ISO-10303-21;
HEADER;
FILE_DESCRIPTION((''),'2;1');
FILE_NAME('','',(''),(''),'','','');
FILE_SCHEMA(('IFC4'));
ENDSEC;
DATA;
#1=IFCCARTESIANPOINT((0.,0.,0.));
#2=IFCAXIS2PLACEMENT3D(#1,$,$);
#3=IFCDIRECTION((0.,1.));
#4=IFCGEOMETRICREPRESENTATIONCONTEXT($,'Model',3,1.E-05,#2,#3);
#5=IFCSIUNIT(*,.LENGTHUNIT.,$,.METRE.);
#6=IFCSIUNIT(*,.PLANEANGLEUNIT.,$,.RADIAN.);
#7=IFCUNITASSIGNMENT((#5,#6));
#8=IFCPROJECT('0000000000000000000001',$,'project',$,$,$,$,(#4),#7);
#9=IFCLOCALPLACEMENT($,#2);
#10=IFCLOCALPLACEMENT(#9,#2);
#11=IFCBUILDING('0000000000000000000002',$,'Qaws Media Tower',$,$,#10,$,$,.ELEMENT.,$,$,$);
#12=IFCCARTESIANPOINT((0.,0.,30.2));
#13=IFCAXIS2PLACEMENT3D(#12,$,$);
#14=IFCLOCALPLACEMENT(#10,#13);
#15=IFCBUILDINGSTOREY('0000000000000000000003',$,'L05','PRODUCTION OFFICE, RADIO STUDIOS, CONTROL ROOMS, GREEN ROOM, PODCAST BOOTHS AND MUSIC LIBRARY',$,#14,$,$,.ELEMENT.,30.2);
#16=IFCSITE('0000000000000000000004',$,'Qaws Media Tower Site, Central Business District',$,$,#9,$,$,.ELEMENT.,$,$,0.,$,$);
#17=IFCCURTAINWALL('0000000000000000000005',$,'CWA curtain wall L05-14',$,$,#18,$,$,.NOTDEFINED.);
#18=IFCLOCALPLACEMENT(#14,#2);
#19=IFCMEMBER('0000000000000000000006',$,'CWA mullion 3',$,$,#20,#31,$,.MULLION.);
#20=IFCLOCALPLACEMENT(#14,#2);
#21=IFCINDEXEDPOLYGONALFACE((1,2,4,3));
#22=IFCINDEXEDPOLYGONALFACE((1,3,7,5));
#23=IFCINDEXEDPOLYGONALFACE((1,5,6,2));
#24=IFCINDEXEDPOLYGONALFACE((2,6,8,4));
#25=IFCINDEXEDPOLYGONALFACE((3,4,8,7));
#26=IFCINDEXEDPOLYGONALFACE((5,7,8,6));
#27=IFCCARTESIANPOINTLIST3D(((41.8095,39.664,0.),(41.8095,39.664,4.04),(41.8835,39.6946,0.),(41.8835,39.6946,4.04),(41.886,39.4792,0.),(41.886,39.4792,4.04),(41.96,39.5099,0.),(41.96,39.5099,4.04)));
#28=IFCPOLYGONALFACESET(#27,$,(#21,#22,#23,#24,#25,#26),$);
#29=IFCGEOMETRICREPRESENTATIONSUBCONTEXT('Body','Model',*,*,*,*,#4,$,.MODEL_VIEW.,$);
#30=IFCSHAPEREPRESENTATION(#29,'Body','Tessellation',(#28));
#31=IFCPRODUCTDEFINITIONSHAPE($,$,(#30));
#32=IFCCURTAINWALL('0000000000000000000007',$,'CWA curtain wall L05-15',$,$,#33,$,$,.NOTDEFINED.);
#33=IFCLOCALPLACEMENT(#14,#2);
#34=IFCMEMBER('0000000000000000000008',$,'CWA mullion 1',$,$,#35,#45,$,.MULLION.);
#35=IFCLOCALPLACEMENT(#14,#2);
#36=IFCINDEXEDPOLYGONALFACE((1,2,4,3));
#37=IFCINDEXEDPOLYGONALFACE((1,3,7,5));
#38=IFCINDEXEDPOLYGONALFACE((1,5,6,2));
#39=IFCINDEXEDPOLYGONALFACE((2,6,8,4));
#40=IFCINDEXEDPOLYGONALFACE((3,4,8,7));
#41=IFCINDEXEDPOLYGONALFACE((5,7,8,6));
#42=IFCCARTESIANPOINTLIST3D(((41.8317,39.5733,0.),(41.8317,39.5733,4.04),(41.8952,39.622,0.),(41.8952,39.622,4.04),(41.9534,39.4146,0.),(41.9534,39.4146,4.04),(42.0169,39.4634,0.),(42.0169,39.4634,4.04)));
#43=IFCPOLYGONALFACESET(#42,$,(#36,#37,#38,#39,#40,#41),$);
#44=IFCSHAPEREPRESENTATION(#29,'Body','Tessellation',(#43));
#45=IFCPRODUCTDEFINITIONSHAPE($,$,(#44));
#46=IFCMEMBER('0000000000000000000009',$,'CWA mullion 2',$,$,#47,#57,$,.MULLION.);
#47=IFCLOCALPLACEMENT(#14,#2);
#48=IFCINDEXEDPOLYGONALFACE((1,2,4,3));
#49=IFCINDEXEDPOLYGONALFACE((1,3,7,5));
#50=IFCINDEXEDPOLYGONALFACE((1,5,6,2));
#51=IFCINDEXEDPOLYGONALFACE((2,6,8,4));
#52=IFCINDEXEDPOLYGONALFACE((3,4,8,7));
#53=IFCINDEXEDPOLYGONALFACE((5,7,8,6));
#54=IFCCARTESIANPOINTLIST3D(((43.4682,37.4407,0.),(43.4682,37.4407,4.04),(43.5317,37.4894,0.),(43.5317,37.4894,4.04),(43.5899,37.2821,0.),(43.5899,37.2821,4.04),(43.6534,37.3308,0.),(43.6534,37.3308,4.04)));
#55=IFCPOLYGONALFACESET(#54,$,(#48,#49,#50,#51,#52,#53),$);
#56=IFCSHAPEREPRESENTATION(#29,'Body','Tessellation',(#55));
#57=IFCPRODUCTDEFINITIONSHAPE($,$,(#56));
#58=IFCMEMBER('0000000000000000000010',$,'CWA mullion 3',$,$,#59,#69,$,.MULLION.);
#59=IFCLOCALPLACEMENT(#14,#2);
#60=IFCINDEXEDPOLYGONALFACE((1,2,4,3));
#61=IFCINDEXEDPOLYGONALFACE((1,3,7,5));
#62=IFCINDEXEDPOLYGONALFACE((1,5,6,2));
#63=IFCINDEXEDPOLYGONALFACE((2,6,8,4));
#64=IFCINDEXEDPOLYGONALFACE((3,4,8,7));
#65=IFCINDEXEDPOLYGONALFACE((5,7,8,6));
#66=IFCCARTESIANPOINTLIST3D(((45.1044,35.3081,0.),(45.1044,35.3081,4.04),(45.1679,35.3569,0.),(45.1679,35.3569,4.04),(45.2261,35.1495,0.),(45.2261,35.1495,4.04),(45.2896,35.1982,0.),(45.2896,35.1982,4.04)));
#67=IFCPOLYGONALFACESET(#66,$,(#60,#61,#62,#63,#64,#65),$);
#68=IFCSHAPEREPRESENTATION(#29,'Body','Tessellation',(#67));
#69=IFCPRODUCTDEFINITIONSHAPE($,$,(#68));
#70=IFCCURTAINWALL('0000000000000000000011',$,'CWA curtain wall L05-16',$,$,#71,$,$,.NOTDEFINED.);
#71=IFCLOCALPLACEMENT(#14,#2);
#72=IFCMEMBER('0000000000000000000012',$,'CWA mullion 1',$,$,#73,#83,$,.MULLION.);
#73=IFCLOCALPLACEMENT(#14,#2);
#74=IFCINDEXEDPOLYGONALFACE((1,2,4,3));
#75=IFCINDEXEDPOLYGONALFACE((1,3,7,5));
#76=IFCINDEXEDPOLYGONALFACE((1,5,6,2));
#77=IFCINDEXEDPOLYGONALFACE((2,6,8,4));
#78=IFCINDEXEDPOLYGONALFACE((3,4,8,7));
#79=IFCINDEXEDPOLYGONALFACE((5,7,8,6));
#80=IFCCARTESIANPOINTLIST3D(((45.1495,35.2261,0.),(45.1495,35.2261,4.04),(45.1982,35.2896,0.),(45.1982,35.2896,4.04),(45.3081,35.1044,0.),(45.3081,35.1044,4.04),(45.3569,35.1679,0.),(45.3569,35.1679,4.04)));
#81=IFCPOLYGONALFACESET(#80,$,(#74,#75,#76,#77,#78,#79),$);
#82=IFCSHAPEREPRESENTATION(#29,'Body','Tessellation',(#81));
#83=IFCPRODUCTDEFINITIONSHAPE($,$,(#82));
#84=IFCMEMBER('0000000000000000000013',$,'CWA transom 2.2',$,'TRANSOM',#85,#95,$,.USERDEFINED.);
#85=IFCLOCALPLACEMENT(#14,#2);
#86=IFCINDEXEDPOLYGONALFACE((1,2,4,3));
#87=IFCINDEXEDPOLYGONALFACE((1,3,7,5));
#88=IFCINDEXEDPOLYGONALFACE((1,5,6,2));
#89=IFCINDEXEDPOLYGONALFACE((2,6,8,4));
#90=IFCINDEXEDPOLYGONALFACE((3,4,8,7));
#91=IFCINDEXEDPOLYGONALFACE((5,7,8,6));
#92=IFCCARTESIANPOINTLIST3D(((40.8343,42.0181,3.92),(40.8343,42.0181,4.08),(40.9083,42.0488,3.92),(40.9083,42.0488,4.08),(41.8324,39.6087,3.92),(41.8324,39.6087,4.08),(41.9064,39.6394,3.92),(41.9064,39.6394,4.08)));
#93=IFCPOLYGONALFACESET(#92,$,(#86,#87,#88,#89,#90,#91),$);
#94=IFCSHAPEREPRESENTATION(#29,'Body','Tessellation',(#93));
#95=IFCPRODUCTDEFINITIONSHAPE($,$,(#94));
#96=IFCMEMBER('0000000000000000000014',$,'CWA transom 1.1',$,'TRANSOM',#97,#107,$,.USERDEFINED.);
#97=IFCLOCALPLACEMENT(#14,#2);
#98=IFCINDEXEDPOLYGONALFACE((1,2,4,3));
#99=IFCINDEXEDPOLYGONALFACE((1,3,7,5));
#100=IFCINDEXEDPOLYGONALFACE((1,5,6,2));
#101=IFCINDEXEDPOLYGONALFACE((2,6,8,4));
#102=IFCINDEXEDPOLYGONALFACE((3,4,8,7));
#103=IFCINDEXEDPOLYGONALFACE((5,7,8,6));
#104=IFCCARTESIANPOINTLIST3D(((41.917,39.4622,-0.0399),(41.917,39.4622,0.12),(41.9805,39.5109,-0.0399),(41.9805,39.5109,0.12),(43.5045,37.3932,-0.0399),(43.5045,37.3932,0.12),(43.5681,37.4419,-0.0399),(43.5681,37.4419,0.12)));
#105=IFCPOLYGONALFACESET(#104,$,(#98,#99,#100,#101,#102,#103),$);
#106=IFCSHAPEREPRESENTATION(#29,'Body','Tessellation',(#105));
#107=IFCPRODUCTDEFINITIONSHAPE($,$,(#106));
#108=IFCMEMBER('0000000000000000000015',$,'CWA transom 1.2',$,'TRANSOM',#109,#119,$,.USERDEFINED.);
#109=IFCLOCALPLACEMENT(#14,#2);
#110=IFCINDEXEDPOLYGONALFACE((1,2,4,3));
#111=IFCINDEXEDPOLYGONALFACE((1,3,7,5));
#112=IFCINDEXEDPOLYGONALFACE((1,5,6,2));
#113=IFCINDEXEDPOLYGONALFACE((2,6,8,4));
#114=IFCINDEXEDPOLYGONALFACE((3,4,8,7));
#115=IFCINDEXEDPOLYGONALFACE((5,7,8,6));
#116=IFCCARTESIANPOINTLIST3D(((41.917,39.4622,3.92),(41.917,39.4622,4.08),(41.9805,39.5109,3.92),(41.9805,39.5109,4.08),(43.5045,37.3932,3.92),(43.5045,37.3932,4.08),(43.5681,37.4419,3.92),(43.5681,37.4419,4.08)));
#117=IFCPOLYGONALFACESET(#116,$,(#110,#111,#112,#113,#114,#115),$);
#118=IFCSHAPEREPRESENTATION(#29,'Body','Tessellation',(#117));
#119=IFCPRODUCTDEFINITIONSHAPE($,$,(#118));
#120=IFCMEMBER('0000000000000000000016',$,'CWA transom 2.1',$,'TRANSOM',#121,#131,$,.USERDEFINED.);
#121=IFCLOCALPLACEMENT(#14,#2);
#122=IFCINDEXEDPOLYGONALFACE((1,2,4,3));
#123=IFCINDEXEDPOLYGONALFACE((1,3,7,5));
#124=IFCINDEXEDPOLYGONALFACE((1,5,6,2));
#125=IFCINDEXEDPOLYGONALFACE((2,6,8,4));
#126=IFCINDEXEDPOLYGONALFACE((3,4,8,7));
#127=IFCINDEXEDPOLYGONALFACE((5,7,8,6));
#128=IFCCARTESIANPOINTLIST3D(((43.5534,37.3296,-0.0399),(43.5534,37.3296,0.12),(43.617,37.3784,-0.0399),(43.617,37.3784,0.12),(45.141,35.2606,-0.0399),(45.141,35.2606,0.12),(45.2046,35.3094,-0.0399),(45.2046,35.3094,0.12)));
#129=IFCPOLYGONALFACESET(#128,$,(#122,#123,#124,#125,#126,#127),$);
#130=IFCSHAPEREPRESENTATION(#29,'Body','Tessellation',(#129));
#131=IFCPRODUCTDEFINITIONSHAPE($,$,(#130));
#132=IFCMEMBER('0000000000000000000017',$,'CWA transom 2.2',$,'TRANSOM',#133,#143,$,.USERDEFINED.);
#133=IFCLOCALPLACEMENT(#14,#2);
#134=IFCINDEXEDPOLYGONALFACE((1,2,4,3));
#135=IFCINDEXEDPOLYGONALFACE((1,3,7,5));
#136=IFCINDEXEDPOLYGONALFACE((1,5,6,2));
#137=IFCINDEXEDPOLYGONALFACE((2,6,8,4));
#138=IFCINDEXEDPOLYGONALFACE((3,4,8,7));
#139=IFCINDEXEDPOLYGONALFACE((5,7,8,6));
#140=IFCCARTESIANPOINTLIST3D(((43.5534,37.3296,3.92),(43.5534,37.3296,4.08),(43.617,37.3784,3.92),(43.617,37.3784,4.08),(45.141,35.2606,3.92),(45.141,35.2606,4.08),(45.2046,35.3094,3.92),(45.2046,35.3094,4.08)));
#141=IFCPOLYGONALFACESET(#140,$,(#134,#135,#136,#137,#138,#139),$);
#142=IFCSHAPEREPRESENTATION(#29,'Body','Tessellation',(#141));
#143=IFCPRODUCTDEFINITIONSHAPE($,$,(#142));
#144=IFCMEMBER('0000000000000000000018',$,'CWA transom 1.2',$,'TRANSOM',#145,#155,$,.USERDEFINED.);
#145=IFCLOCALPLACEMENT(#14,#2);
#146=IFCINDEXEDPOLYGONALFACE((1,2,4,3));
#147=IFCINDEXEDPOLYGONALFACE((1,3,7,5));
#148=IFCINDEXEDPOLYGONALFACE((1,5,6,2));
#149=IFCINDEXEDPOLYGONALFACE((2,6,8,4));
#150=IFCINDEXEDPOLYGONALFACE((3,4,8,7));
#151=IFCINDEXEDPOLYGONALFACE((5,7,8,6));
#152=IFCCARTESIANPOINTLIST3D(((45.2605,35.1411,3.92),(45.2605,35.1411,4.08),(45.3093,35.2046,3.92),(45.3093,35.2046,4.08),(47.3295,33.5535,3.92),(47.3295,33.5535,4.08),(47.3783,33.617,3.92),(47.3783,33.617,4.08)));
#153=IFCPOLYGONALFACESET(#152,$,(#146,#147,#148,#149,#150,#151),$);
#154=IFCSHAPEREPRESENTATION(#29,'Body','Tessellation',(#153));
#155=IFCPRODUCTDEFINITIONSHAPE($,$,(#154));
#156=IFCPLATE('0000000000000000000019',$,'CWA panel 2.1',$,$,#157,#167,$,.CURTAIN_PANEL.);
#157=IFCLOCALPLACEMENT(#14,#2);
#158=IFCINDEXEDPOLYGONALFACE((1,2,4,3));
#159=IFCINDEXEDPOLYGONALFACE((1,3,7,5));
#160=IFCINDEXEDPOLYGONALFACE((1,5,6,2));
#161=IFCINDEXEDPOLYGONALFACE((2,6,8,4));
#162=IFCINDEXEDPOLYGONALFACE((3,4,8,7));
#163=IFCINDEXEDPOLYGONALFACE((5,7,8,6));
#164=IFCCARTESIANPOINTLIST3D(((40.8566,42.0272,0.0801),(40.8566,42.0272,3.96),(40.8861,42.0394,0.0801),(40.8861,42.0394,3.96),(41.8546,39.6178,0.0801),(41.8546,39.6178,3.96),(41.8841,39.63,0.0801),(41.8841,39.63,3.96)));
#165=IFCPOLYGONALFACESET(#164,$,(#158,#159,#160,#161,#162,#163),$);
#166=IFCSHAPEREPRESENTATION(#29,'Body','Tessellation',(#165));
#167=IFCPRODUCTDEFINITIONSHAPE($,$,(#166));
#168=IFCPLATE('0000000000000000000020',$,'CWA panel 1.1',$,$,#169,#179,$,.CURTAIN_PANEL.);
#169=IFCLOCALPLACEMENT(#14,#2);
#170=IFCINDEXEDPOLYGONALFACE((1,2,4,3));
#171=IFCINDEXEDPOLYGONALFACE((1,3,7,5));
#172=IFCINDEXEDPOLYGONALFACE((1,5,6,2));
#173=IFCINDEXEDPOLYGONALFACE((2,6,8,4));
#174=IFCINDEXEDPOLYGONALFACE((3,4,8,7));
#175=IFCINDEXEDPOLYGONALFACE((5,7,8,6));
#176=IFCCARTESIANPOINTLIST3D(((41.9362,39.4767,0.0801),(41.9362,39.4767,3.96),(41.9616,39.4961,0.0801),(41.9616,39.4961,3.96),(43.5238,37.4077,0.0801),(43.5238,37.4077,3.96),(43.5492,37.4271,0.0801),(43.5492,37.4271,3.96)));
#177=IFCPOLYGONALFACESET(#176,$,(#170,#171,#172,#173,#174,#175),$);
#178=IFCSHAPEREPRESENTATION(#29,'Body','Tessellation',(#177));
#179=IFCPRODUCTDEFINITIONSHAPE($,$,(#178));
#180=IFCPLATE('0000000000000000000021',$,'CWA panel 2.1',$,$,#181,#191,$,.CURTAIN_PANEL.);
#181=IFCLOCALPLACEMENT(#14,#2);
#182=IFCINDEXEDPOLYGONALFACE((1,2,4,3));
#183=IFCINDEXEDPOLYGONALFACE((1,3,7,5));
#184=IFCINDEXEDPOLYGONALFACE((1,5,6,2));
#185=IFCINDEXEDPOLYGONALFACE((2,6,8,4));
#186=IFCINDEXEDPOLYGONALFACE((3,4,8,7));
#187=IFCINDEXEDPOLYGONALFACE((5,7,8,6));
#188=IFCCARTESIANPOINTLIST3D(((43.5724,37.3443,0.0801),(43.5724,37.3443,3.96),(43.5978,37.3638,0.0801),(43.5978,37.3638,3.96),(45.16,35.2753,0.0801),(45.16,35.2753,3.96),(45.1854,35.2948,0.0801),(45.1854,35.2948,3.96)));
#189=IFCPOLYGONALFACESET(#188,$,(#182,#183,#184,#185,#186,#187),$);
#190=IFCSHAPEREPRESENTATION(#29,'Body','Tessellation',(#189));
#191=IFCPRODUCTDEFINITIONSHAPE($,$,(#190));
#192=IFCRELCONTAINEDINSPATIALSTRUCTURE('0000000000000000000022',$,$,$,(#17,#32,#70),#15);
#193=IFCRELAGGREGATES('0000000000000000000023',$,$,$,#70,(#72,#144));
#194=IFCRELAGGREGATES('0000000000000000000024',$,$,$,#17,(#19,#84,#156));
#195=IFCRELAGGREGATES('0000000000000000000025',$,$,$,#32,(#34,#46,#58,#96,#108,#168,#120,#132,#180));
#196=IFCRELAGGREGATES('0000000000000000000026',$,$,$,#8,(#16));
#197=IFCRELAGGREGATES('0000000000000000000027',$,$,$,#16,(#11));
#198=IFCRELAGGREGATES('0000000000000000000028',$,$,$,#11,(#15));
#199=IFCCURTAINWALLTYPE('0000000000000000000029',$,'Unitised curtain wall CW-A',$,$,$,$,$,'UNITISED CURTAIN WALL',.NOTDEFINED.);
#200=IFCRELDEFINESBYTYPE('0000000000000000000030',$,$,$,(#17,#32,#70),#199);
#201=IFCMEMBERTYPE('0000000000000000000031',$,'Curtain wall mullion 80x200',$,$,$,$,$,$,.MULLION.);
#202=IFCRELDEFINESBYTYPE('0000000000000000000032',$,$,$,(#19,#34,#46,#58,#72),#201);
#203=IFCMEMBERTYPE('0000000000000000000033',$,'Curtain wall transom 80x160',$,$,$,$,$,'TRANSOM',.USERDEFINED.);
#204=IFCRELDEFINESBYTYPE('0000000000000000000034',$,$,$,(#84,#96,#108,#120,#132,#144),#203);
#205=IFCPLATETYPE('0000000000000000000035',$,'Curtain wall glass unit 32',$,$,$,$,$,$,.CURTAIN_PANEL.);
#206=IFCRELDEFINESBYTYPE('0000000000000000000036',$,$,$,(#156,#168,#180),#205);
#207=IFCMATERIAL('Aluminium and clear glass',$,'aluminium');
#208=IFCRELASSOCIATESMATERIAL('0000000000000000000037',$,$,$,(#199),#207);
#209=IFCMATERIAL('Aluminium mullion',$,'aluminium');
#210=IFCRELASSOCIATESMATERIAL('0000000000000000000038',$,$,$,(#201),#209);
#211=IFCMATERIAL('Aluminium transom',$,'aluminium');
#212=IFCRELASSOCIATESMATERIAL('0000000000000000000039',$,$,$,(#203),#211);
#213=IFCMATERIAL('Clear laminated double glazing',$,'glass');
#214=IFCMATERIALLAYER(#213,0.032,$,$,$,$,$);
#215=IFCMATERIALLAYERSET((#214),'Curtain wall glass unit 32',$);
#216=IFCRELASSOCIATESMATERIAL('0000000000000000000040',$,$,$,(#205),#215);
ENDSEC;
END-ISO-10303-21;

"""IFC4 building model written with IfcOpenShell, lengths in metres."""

from ifc_helpers import new_model, si_unit, direction, frame, origin, origin_2d, place, context, subcontext, project, spatial, rectangle, extrude, material, layer, layer_set, material_profile, profile_set, type_object, element, aggregate, save


model = new_model("IFC4")

# Units and contexts
model_context = context("Model", 3, precision=1e-05, world=origin(), true_north=direction((0.0, 1.0)))
body_context = subcontext(model_context, "Body", "Model", "MODEL_VIEW")
ifc_project = project(units=[si_unit("LENGTHUNIT", "METRE"), si_unit("PLANEANGLEUNIT", "RADIAN")], contexts=[model_context])

# Site, building, storey
site_placement = place(None, origin())
site = spatial("IfcSite", under=ifc_project, at=site_placement, Name="Qaws Media Tower Site, Central Business District", CompositionType="ELEMENT", RefElevation=0.0)
building_placement = place(site_placement, origin())
building = spatial("IfcBuilding", under=site, at=building_placement, Name="Qaws Media Tower", CompositionType="ELEMENT")
storey_placement = place(building_placement, frame((0.0, 0.0, 30.2)))
storey = spatial("IfcBuildingStorey", under=building, at=storey_placement, Name="L05", Description="PRODUCTION OFFICE, RADIO STUDIOS, CONTROL ROOMS, GREEN ROOM, PODCAST BOOTHS AND MUSIC LIBRARY", CompositionType="ELEMENT", Elevation=30.2)

# Curtain wall, member
ifc_material_1 = material(Name="Aluminium and clear glass", Category="aluminium")
curtain_wall_type = type_object("IfcCurtainWallType", Name="Unitised curtain wall CW-A", ElementType="UNITISED CURTAIN WALL", PredefinedType="NOTDEFINED", material=ifc_material_1)
curtain_wall_1_placement = place(storey_placement, origin())
curtain_wall_1 = element("IfcCurtainWall", 1, at=curtain_wall_1_placement, inside=storey, type_object=curtain_wall_type, Name="CWA curtain wall L05-14", PredefinedType="NOTDEFINED")
ifc_material_2 = material(Name="Aluminium mullion", Category="aluminium")
ifc_material_profile_1 = material_profile(ifc_material_2, rectangle(XDim=0.0801, YDim=0.2, at=origin_2d()), Name="80x200")
ifc_profile_set_1 = profile_set([ifc_material_profile_1], Name="Aluminium mullion")
member_type_1 = type_object("IfcMemberType", Name="Curtain wall mullion 80x200", PredefinedType="MULLION", material=ifc_profile_set_1)
member_1_placement = place(storey_placement, frame((41.8848, 39.5869, 0.0), z_axis=(0.0, 0.0, 1.0), x_axis=(0.92388, 0.382683, 0.0)))
member_1 = element("IfcMember", 2, at=member_1_placement, type_object=member_type_1, Name="CWA mullion 3", PredefinedType="MULLION", context=body_context, shape_type="SweptSolid", body=[
    extrude(rectangle(XDim=0.0801, YDim=0.2, at=origin_2d()), origin(), (0.0, 0.0, 1.0), 4.04),
])

# Curtain wall, members
curtain_wall_2_placement = place(storey_placement, origin())
curtain_wall_2 = element("IfcCurtainWall", 3, at=curtain_wall_2_placement, inside=storey, type_object=curtain_wall_type, Name="CWA curtain wall L05-15", PredefinedType="NOTDEFINED")
member_2_placement = place(storey_placement, frame((41.9243, 39.5183, 0.0), z_axis=(0.0, 0.0, 1.0), x_axis=(0.793353, 0.608761, 0.0)))
member_2 = element("IfcMember", 4, at=member_2_placement, type_object=member_type_1, Name="CWA mullion 1", PredefinedType="MULLION", context=body_context, shape_type="SweptSolid", body=[
    extrude(rectangle(XDim=0.0801, YDim=0.2, at=origin_2d()), origin(), (0.0, 0.0, 1.0), 4.04),
])
member_3_placement = place(storey_placement, frame((43.5608, 37.3857, 0.0), z_axis=(0.0, 0.0, 1.0), x_axis=(0.793353, 0.608761, 0.0)))
member_3 = element("IfcMember", 5, at=member_3_placement, type_object=member_type_1, Name="CWA mullion 2", PredefinedType="MULLION", context=body_context, shape_type="SweptSolid", body=[
    extrude(rectangle(XDim=0.0801, YDim=0.2, at=origin_2d()), origin(), (0.0, 0.0, 1.0), 4.04),
])
member_4_placement = place(storey_placement, frame((45.197, 35.2532, 0.0), z_axis=(0.0, 0.0, 1.0), x_axis=(0.793353, 0.608761, 0.0)))
member_4 = element("IfcMember", 6, at=member_4_placement, type_object=member_type_1, Name="CWA mullion 3", PredefinedType="MULLION", context=body_context, shape_type="SweptSolid", body=[
    extrude(rectangle(XDim=0.0801, YDim=0.2, at=origin_2d()), origin(), (0.0, 0.0, 1.0), 4.04),
])

# Curtain wall, member
curtain_wall_3_placement = place(storey_placement, origin())
curtain_wall_3 = element("IfcCurtainWall", 7, at=curtain_wall_3_placement, inside=storey, type_object=curtain_wall_type, Name="CWA curtain wall L05-16", PredefinedType="NOTDEFINED")
member_5_placement = place(storey_placement, frame((45.2532, 35.197, 0.0), z_axis=(0.0, 0.0, 1.0), x_axis=(0.608761, 0.793353, 0.0)))
member_5 = element("IfcMember", 8, at=member_5_placement, type_object=member_type_1, Name="CWA mullion 1", PredefinedType="MULLION", context=body_context, shape_type="SweptSolid", body=[
    extrude(rectangle(XDim=0.0801, YDim=0.2, at=origin_2d()), origin(), (0.0, 0.0, 1.0), 4.04),
])

# Members
ifc_material_3 = material(Name="Aluminium transom", Category="aluminium")
ifc_material_profile_2 = material_profile(ifc_material_3, rectangle(XDim=0.0801, YDim=0.1599, at=origin_2d()), Name="80x160")
ifc_profile_set_2 = profile_set([ifc_material_profile_2], Name="Aluminium transom")
member_type_2 = type_object("IfcMemberType", Name="Curtain wall transom 80x160", ElementType="TRANSOM", PredefinedType="USERDEFINED", material=ifc_profile_set_2)
member_6_placement = place(storey_placement, frame((40.8713, 42.0334, 4.0), z_axis=(0.382694, -0.923875, 0.0), x_axis=(0.923875, 0.382694, 0.0)))
member_6 = element("IfcMember", 9, at=member_6_placement, type_object=member_type_2, Name="CWA transom 2.2", ObjectType="TRANSOM", PredefinedType="USERDEFINED", context=body_context, shape_type="SweptSolid", body=[
    extrude(rectangle(XDim=0.0801, YDim=0.1599, at=origin_2d()), origin(), (0.0, 0.0, 1.0), 2.6079),
])
member_7_placement = place(storey_placement, frame((41.9487, 39.4866, 0.04), z_axis=(0.608756, -0.793358, 0.0), x_axis=(0.793358, 0.608756, 0.0)))
member_7 = element("IfcMember", 10, at=member_7_placement, type_object=member_type_2, Name="CWA transom 1.1", ObjectType="TRANSOM", PredefinedType="USERDEFINED", context=body_context, shape_type="SweptSolid", body=[
    extrude(rectangle(XDim=0.0801, YDim=0.1599, at=origin_2d()), origin(), (0.0, 0.0, 1.0), 2.6079),
])
member_8_placement = place(storey_placement, frame((41.9487, 39.4866, 4.0), z_axis=(0.608756, -0.793358, 0.0), x_axis=(0.793358, 0.608756, 0.0)))
member_8 = element("IfcMember", 11, at=member_8_placement, type_object=member_type_2, Name="CWA transom 1.2", ObjectType="TRANSOM", PredefinedType="USERDEFINED", context=body_context, shape_type="SweptSolid", body=[
    extrude(rectangle(XDim=0.0801, YDim=0.1599, at=origin_2d()), origin(), (0.0, 0.0, 1.0), 2.6079),
])
member_9_placement = place(storey_placement, frame((43.5852, 37.354, 0.04), z_axis=(0.608756, -0.793358, 0.0), x_axis=(0.793358, 0.608756, 0.0)))
member_9 = element("IfcMember", 12, at=member_9_placement, type_object=member_type_2, Name="CWA transom 2.1", ObjectType="TRANSOM", PredefinedType="USERDEFINED", context=body_context, shape_type="SweptSolid", body=[
    extrude(rectangle(XDim=0.0801, YDim=0.1599, at=origin_2d()), origin(), (0.0, 0.0, 1.0), 2.6079),
])
member_10_placement = place(storey_placement, frame((43.5852, 37.354, 4.0), z_axis=(0.608756, -0.793358, 0.0), x_axis=(0.793358, 0.608756, 0.0)))
member_10 = element("IfcMember", 13, at=member_10_placement, type_object=member_type_2, Name="CWA transom 2.2", ObjectType="TRANSOM", PredefinedType="USERDEFINED", context=body_context, shape_type="SweptSolid", body=[
    extrude(rectangle(XDim=0.0801, YDim=0.1599, at=origin_2d()), origin(), (0.0, 0.0, 1.0), 2.6079),
])
member_11_placement = place(storey_placement, frame((45.2849, 35.1729, 4.0), z_axis=(0.793358, -0.608756, 0.0), x_axis=(0.608756, 0.793358, 0.0)))
member_11 = element("IfcMember", 14, at=member_11_placement, type_object=member_type_2, Name="CWA transom 1.2", ObjectType="TRANSOM", PredefinedType="USERDEFINED", context=body_context, shape_type="SweptSolid", body=[
    extrude(rectangle(XDim=0.0801, YDim=0.1599, at=origin_2d()), origin(), (0.0, 0.0, 1.0), 2.6079),
])
aggregate(curtain_wall_3, [member_5, member_11])

# Plates
ifc_material_4 = material(Name="Clear laminated double glazing", Category="glass")
ifc_layer_1 = layer(ifc_material_4, 0.032)
ifc_layer_set_1 = layer_set([ifc_layer_1], Name="Curtain wall glass unit 32")
plate_type_1 = type_object("IfcPlateType", Name="Curtain wall glass unit 32", PredefinedType="CURTAIN_PANEL", material=ifc_layer_set_1)
plate_1_placement = place(storey_placement, frame((41.3704, 40.8286, 0.0801), z_axis=(0.0, 0.0, 1.0), x_axis=(0.382683, -0.92388, 0.0)))
plate_1 = element("IfcPlate", 15, at=plate_1_placement, type_object=plate_type_1, Name="CWA panel 2.1", PredefinedType="CURTAIN_PANEL", context=body_context, shape_type="SweptSolid", body=[
    extrude(rectangle(XDim=2.6079, YDim=0.032, at=origin_2d()), origin(), (0.0, 0.0, 1.0), 3.8799),
])
aggregate(curtain_wall_1, [member_1, member_6, plate_1])
plate_2_placement = place(storey_placement, frame((42.7427, 38.4519, 0.0801), z_axis=(0.0, 0.0, 1.0), x_axis=(0.608761, -0.793353, 0.0)))
plate_2 = element("IfcPlate", 16, at=plate_2_placement, type_object=plate_type_1, Name="CWA panel 1.1", PredefinedType="CURTAIN_PANEL", context=body_context, shape_type="SweptSolid", body=[
    extrude(rectangle(XDim=2.6079, YDim=0.032, at=origin_2d()), origin(), (0.0, 0.0, 1.0), 3.8799),
])
plate_3_placement = place(storey_placement, frame((44.3789, 36.3196, 0.0801), z_axis=(0.0, 0.0, 1.0), x_axis=(0.608761, -0.793353, 0.0)))
plate_3 = element("IfcPlate", 17, at=plate_3_placement, type_object=plate_type_1, Name="CWA panel 2.1", PredefinedType="CURTAIN_PANEL", context=body_context, shape_type="SweptSolid", body=[
    extrude(rectangle(XDim=2.6079, YDim=0.032, at=origin_2d()), origin(), (0.0, 0.0, 1.0), 3.8799),
])
aggregate(curtain_wall_2, [member_2, member_3, member_4, member_7, member_8, plate_2, member_9, member_10, plate_3])

save(model, "model.ifc")
